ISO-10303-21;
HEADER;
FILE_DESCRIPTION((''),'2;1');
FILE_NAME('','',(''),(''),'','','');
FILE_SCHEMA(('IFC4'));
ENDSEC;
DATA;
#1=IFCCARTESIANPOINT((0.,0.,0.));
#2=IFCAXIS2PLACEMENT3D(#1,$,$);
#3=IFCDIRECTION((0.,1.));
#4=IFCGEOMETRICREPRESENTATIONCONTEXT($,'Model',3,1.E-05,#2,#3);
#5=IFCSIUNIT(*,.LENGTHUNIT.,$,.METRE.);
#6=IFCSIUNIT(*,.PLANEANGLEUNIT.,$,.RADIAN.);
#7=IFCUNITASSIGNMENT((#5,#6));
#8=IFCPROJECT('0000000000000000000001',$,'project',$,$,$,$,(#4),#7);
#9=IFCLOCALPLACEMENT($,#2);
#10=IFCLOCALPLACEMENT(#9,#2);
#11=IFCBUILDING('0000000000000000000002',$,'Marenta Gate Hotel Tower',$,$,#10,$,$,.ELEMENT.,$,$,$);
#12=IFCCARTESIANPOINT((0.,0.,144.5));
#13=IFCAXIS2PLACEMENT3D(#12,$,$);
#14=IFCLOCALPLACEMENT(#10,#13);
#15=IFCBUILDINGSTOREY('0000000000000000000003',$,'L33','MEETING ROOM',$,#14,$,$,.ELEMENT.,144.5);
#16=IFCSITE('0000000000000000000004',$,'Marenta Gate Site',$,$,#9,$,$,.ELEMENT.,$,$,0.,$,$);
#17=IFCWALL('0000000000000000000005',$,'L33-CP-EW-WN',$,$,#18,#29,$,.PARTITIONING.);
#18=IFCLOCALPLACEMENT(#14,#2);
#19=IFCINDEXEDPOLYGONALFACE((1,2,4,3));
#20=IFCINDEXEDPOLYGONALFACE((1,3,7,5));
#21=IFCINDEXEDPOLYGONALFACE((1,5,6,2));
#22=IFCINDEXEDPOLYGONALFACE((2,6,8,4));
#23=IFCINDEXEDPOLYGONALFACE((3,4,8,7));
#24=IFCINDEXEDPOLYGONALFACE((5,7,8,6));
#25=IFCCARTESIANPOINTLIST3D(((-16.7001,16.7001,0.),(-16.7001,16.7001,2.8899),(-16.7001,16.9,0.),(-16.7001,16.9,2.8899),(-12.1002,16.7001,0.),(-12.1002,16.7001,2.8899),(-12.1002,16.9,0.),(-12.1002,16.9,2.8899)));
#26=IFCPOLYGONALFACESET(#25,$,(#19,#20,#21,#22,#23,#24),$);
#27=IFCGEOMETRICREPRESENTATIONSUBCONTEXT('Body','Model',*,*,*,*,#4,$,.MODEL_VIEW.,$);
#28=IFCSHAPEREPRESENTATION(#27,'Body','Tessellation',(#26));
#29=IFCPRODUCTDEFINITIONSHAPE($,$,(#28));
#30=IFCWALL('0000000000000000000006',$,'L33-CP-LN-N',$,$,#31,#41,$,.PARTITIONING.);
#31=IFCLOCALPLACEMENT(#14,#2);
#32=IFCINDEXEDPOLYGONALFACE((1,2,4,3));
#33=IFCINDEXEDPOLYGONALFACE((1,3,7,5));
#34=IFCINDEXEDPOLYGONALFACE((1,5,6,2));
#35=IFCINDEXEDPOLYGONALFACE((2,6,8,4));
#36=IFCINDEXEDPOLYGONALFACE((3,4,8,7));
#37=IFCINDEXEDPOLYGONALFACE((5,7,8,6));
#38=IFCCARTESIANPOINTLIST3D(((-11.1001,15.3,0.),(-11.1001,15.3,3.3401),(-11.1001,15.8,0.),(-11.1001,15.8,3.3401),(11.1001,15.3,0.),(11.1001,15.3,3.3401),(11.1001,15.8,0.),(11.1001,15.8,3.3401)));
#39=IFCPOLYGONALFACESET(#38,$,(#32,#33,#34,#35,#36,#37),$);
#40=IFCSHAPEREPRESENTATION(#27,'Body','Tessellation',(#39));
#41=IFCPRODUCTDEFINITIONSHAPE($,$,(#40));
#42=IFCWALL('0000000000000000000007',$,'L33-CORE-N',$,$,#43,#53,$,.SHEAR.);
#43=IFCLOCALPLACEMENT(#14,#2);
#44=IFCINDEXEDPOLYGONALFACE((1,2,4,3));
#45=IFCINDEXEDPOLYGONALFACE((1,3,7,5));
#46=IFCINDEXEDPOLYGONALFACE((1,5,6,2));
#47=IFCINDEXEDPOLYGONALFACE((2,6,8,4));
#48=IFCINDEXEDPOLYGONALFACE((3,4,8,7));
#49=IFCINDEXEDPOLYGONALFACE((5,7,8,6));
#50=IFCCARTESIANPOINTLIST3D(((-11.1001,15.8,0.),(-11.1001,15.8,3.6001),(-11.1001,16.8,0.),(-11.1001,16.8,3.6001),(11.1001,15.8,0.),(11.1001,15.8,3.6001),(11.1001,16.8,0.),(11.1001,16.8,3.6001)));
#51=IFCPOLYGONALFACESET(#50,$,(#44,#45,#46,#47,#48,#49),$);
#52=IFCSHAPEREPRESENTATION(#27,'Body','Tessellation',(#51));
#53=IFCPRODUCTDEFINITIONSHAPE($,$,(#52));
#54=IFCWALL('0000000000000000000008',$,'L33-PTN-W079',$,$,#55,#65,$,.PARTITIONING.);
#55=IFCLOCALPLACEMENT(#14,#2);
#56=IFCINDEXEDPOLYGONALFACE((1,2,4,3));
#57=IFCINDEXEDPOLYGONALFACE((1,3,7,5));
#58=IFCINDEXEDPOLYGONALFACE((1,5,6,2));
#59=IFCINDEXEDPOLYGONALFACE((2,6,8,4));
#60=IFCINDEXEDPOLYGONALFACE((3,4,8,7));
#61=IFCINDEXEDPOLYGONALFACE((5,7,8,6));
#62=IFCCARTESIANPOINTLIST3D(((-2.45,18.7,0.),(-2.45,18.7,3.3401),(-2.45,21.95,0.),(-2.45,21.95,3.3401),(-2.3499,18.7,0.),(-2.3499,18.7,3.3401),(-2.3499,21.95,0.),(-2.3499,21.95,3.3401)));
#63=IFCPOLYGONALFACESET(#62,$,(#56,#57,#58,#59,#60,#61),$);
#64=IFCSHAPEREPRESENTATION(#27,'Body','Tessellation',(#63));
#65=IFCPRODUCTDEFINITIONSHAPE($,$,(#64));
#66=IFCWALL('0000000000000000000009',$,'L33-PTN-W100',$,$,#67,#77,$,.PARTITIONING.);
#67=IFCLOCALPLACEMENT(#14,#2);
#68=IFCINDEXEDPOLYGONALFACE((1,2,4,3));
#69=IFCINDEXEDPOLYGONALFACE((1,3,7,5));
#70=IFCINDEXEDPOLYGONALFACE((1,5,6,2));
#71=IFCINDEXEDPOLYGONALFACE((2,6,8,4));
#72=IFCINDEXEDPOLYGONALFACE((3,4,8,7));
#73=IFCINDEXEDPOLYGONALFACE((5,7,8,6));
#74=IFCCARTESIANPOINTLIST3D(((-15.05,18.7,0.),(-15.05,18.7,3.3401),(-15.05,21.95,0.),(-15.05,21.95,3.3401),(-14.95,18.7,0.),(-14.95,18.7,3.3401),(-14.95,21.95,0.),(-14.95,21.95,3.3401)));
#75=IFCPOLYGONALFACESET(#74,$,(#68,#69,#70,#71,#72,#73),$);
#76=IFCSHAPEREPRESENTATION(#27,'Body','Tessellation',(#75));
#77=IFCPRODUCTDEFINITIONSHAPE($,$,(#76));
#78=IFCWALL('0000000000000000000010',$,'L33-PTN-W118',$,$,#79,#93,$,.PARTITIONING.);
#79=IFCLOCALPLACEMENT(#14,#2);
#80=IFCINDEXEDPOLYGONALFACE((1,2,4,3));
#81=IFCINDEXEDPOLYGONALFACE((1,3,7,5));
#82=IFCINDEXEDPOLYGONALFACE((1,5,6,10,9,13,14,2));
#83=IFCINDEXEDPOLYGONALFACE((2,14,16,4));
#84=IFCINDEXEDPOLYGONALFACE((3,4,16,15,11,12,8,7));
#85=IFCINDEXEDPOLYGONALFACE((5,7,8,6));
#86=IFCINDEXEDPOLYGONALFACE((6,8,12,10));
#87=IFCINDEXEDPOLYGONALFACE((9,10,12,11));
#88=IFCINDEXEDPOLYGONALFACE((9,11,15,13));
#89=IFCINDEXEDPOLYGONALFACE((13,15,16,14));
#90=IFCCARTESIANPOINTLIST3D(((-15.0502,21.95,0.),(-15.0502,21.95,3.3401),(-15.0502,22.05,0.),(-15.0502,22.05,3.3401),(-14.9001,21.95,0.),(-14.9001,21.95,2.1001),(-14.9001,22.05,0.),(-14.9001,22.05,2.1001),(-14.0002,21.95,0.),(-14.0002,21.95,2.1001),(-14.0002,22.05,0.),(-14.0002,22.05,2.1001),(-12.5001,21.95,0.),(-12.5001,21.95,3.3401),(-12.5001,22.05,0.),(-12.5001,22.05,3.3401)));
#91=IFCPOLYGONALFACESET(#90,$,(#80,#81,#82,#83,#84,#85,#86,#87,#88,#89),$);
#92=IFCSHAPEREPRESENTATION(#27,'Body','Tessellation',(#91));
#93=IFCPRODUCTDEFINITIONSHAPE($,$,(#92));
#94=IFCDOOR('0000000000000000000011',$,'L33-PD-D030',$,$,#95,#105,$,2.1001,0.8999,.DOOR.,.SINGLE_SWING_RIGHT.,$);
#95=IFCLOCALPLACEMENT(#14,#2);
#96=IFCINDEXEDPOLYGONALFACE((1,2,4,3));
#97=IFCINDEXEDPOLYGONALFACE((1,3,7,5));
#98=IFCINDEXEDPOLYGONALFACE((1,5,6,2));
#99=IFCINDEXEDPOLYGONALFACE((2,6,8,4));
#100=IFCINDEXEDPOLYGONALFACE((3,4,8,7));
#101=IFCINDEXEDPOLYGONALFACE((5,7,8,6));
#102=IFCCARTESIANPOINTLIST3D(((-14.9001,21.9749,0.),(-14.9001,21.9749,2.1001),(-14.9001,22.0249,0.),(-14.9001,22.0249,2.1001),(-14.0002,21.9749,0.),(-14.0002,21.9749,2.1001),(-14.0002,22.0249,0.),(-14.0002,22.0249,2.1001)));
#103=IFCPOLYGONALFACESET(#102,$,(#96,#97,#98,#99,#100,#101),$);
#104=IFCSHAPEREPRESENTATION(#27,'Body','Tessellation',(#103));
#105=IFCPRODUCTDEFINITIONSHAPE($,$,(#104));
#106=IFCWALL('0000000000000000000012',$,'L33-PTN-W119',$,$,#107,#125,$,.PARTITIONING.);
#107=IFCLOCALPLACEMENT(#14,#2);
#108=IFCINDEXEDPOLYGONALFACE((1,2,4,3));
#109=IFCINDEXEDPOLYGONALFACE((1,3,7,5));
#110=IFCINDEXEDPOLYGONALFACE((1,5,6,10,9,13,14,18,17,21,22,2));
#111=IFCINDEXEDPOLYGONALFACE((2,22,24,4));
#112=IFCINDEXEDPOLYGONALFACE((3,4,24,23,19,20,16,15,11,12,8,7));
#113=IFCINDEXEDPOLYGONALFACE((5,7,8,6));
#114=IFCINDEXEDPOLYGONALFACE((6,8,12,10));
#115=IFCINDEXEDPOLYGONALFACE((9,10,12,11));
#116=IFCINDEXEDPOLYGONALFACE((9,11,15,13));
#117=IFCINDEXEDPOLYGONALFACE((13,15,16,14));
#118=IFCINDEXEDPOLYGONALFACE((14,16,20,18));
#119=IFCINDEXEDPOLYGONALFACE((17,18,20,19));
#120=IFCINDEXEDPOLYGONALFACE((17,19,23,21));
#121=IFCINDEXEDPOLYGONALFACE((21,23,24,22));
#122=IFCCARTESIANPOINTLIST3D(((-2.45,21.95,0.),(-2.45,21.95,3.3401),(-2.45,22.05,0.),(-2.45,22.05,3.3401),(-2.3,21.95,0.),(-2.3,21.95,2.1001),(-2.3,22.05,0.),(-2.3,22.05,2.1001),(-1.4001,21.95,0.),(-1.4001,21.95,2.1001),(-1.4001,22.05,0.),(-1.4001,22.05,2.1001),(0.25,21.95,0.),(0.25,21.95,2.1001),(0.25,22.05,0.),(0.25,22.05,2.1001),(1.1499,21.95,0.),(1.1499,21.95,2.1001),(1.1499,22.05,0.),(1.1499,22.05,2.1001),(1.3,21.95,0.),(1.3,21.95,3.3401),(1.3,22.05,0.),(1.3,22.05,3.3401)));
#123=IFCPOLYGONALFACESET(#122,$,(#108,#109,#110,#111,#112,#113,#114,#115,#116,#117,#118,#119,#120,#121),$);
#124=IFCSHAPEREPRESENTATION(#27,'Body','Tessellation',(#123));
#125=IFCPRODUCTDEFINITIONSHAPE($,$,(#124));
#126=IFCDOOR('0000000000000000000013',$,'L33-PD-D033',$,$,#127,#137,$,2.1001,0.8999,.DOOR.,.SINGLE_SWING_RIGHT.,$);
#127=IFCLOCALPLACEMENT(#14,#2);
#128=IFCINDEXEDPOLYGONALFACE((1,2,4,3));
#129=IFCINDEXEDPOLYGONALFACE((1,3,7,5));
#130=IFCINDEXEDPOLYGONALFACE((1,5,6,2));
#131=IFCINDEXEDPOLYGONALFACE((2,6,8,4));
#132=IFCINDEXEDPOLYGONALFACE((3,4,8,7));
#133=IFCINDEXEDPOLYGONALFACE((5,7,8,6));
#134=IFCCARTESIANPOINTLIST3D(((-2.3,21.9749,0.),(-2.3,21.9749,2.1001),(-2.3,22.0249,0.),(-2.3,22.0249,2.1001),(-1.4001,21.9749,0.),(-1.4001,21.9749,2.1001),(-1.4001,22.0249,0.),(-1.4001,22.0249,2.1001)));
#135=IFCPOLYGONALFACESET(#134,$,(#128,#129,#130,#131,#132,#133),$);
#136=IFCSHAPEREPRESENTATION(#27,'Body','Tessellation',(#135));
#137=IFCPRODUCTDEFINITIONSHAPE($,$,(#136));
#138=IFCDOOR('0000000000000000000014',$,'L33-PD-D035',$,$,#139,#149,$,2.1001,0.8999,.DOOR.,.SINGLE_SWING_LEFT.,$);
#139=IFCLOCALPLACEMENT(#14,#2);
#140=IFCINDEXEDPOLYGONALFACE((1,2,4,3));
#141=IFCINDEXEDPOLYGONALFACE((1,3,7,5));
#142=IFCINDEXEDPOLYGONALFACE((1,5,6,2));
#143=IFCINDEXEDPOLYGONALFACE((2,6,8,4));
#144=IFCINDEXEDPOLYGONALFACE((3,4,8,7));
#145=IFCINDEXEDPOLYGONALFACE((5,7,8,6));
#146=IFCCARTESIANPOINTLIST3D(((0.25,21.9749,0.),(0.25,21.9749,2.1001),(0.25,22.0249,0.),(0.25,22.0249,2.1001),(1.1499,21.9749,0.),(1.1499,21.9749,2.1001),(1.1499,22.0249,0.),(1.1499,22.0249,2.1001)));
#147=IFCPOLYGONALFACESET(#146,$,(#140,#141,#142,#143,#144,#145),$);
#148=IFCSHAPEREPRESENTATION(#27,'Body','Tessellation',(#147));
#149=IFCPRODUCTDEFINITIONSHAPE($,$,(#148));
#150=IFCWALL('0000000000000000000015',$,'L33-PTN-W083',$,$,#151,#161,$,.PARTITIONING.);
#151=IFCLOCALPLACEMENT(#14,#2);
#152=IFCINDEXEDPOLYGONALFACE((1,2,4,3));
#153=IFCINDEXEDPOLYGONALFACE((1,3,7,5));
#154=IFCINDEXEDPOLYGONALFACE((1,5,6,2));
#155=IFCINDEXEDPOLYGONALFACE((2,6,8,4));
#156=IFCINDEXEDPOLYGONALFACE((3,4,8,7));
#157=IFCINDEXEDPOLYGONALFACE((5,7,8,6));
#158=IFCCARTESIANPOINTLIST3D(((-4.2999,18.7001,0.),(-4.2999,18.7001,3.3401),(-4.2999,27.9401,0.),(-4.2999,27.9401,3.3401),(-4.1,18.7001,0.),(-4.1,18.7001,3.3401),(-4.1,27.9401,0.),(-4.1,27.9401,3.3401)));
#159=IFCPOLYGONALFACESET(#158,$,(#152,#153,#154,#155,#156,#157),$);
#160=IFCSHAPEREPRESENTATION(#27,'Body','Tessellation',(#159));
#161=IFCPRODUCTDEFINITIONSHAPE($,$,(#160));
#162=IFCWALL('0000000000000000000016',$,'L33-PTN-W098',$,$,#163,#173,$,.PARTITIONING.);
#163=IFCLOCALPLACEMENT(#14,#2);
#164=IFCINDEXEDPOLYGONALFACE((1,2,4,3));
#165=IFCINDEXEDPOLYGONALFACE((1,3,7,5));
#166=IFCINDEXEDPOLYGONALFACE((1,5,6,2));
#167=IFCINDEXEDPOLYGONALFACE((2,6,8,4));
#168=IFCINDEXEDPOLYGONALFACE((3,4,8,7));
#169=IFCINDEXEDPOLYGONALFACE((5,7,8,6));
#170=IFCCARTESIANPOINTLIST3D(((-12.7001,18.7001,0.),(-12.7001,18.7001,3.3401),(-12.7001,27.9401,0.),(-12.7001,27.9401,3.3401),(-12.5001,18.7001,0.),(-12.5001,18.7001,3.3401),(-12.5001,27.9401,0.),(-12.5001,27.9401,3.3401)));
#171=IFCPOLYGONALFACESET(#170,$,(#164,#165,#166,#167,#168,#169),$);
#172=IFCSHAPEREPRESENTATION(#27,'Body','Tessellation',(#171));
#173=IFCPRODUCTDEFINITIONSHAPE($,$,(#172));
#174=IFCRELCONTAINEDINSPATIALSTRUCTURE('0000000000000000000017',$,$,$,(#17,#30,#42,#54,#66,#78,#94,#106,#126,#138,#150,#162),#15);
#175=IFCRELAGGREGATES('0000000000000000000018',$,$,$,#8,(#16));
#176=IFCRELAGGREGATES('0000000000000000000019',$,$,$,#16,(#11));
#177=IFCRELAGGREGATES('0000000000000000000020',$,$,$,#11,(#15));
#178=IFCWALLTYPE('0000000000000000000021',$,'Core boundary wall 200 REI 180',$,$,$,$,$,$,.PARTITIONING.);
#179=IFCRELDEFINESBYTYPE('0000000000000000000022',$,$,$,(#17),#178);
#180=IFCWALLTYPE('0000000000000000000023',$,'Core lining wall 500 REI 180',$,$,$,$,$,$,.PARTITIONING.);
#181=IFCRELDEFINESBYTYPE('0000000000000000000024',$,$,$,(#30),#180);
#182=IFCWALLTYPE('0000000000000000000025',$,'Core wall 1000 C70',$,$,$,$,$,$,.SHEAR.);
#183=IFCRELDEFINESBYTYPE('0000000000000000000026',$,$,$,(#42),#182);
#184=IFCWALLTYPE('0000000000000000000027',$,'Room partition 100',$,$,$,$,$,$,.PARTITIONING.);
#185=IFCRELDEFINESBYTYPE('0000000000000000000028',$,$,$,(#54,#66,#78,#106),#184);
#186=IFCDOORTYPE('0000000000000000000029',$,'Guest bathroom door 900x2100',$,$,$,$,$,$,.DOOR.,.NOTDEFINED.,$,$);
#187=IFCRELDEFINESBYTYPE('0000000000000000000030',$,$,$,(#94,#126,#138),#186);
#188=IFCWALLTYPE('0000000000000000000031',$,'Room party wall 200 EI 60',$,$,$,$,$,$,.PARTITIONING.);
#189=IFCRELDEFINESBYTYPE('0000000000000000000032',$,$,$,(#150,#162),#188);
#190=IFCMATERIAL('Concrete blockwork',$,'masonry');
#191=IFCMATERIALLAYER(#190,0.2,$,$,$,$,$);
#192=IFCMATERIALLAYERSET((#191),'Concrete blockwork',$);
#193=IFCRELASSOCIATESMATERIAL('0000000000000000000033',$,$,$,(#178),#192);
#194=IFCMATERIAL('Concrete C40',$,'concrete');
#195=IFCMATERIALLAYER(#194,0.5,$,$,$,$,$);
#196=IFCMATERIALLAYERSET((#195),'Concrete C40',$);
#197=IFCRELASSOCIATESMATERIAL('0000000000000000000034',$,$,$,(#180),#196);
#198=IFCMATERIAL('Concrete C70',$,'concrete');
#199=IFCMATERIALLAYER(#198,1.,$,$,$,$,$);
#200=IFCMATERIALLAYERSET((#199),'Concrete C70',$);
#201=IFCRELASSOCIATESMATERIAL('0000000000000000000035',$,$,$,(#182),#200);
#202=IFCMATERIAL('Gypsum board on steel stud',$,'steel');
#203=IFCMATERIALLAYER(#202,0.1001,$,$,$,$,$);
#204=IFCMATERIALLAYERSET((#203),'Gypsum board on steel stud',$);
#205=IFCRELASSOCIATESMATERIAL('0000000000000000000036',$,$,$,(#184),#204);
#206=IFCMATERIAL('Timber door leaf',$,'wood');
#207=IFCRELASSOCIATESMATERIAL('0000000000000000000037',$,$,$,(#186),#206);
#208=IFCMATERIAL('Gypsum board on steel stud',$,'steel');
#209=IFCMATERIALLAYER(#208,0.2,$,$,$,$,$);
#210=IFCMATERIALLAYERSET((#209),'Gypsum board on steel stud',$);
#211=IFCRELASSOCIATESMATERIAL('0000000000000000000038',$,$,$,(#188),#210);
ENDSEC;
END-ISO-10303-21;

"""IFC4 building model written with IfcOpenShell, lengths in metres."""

from ifc_helpers import new_model, si_unit, direction, frame, frame_2d, origin, place, context, subcontext, project, spatial, rectangle, extrude, material, layer, layer_set, type_object, element, fill, save


model = new_model("IFC4")

# Units and contexts
model_context = context("Model", 3, precision=1e-05, world=origin(), true_north=direction((0.0, 1.0)))
body_context = subcontext(model_context, "Body", "Model", "MODEL_VIEW")
ifc_project = project(units=[si_unit("LENGTHUNIT", "METRE"), si_unit("PLANEANGLEUNIT", "RADIAN")], contexts=[model_context])

# Site, building, storey
site_placement = place(None, origin())
site = spatial("IfcSite", under=ifc_project, at=site_placement, Name="Marenta Gate Site", CompositionType="ELEMENT", RefElevation=0.0)
building_placement = place(site_placement, origin())
building = spatial("IfcBuilding", under=site, at=building_placement, Name="Marenta Gate Hotel Tower", CompositionType="ELEMENT")
storey_placement = place(building_placement, frame((0.0, 0.0, 144.5)))
storey = spatial("IfcBuildingStorey", under=building, at=storey_placement, Name="L33", Description="MEETING ROOM", CompositionType="ELEMENT", Elevation=144.5)

# Walls
ifc_material_1 = material(Name="Concrete blockwork", Category="masonry")
ifc_layer_1 = layer(ifc_material_1, 0.2)
ifc_layer_set_1 = layer_set([ifc_layer_1], Name="Concrete blockwork")
wall_type_1 = type_object("IfcWallType", Name="Core boundary wall 200 REI 180", PredefinedType="PARTITIONING", material=ifc_layer_set_1)
wall_1_placement = place(storey_placement, frame((-16.7, 16.8, 0.0), z_axis=(0.0, 0.0, 1.0), x_axis=(1.0, 0.0, 0.0)))
element("IfcWall", 1, at=wall_1_placement, inside=storey, type_object=wall_type_1, Name="L33-CP-EW-WN", PredefinedType="PARTITIONING", context=body_context, shape_type="SweptSolid", body=[
    extrude(rectangle(XDim=4.5999, YDim=0.2, at=frame_2d((2.2998, 0.0))), origin(), (0.0, 0.0, 1.0), 2.8899),
])
ifc_material_2 = material(Name="Concrete C40", Category="concrete")
ifc_layer_2 = layer(ifc_material_2, 0.5)
ifc_layer_set_2 = layer_set([ifc_layer_2], Name="Concrete C40")
wall_type_2 = type_object("IfcWallType", Name="Core lining wall 500 REI 180", PredefinedType="PARTITIONING", material=ifc_layer_set_2)
wall_2_placement = place(storey_placement, frame((-11.1001, 15.55, 0.0), z_axis=(0.0, 0.0, 1.0), x_axis=(1.0, 0.0, 0.0)))
element("IfcWall", 2, at=wall_2_placement, inside=storey, type_object=wall_type_2, Name="L33-CP-LN-N", PredefinedType="PARTITIONING", context=body_context, shape_type="SweptSolid", body=[
    extrude(rectangle(XDim=22.2002, YDim=0.5, at=frame_2d((11.1001, 0.0))), origin(), (0.0, 0.0, 1.0), 3.3401),
])
ifc_material_3 = material(Name="Concrete C70", Category="concrete")
ifc_layer_3 = layer(ifc_material_3, 1.0)
ifc_layer_set_3 = layer_set([ifc_layer_3], Name="Concrete C70")
wall_type_3 = type_object("IfcWallType", Name="Core wall 1000 C70", PredefinedType="SHEAR", material=ifc_layer_set_3)
wall_3_placement = place(storey_placement, frame((-11.1001, 16.3, 0.0), z_axis=(0.0, 0.0, 1.0), x_axis=(1.0, 0.0, 0.0)))
element("IfcWall", 3, at=wall_3_placement, inside=storey, type_object=wall_type_3, Name="L33-CORE-N", PredefinedType="SHEAR", context=body_context, shape_type="SweptSolid", body=[
    extrude(rectangle(XDim=22.2002, YDim=1.0, at=frame_2d((11.1001, 0.0))), origin(), (0.0, 0.0, 1.0), 3.6001),
])
ifc_material_4 = material(Name="Gypsum board on steel stud", Category="steel")
ifc_layer_4 = layer(ifc_material_4, 0.1001)
ifc_layer_set_4 = layer_set([ifc_layer_4], Name="Gypsum board on steel stud")
wall_type_4 = type_object("IfcWallType", Name="Room partition 100", PredefinedType="PARTITIONING", material=ifc_layer_set_4)
for number, where, z_axis, x_axis, name in (
    (4, (-2.3999, 18.7, 0.0), (0.0, 0.0, 1.0), (0.0, 1.0, 0.0), "L33-PTN-W079"),
    (5, (-15.0, 18.7, 0.0), (0.0, 0.0, 1.0), (0.0, 1.0, 0.0), "L33-PTN-W100"),
):
    element("IfcWall", number, at=place(storey_placement, frame(where, z_axis=z_axis, x_axis=x_axis)), inside=storey, type_object=wall_type_4, Name=name, PredefinedType="PARTITIONING", context=body_context, shape_type="SweptSolid", body=[
        extrude(rectangle(XDim=3.25, YDim=0.1001, at=frame_2d((1.625, 0.0))), origin(), (0.0, 0.0, 1.0), 3.3401),
    ])

# Wall, opening, door
wall_4_placement = place(storey_placement, frame((-15.05, 22.0, 0.0), z_axis=(0.0, 0.0, 1.0), x_axis=(1.0, 0.0, 0.0)))
wall_4 = element("IfcWall", 6, at=wall_4_placement, inside=storey, type_object=wall_type_4, Name="L33-PTN-W118", PredefinedType="PARTITIONING", context=body_context, shape_type="SweptSolid", body=[
    extrude(rectangle(XDim=2.55, YDim=0.1001, at=frame_2d((1.2749, 0.0))), origin(), (0.0, 0.0, 1.0), 3.3401),
])
opening_1_placement = place(wall_4_placement, frame((0.1499, 0.0, 0.0)))
opening_1 = element("IfcOpeningElement", 7, at=opening_1_placement, cuts=wall_4, PredefinedType="OPENING", context=body_context, shape_type="SweptSolid", body=[
    extrude(rectangle(XDim=0.8999, YDim=2.1001, at=frame_2d((0.45, 1.05))), frame((0.0, 0.05, 0.0), z_axis=(0.0, -1.0, 0.0), x_axis=(1.0, 0.0, 0.0)), (0.0, 0.0, 1.0), 0.1001),
])
ifc_material_5 = material(Name="Timber door leaf", Category="wood")
door_type_1 = type_object("IfcDoorType", Name="Guest bathroom door 900x2100", OperationType="NOTDEFINED", PredefinedType="DOOR", material=ifc_material_5)
door_1_placement = place(opening_1_placement, origin())
door_1 = element("IfcDoor", 8, at=door_1_placement, inside=storey, type_object=door_type_1, Name="L33-PD-D030", OperationType="SINGLE_SWING_RIGHT", OverallHeight=2.1001, OverallWidth=0.8999, PredefinedType="DOOR", context=body_context, shape_type="SweptSolid", body=[
    extrude(rectangle(XDim=0.8999, YDim=2.1001, at=frame_2d((0.45, 1.05))), frame((0.0, 0.0249, 0.0), z_axis=(0.0, -1.0, 0.0), x_axis=(1.0, 0.0, 0.0)), (0.0, 0.0, 1.0), 0.05),
])
fill(opening_1, door_1)

# Wall, openings, doors
wall_5_placement = place(storey_placement, frame((-2.45, 22.0, 0.0), z_axis=(0.0, 0.0, 1.0), x_axis=(1.0, 0.0, 0.0)))
wall_5 = element("IfcWall", 9, at=wall_5_placement, inside=storey, type_object=wall_type_4, Name="L33-PTN-W119", PredefinedType="PARTITIONING", context=body_context, shape_type="SweptSolid", body=[
    extrude(rectangle(XDim=3.75, YDim=0.1001, at=frame_2d((1.875, 0.0))), origin(), (0.0, 0.0, 1.0), 3.3401),
])
opening_2_placement = place(wall_5_placement, frame((0.1499, 0.0, 0.0)))
opening_2 = element("IfcOpeningElement", 10, at=opening_2_placement, cuts=wall_5, PredefinedType="OPENING", context=body_context, shape_type="SweptSolid", body=[
    extrude(rectangle(XDim=0.8999, YDim=2.1001, at=frame_2d((0.45, 1.05))), frame((0.0, 0.05, 0.0), z_axis=(0.0, -1.0, 0.0), x_axis=(1.0, 0.0, 0.0)), (0.0, 0.0, 1.0), 0.1001),
])
opening_3_placement = place(wall_5_placement, frame((2.7, 0.0, 0.0)))
opening_3 = element("IfcOpeningElement", 11, at=opening_3_placement, cuts=wall_5, PredefinedType="OPENING", context=body_context, shape_type="SweptSolid", body=[
    extrude(rectangle(XDim=0.8999, YDim=2.1001, at=frame_2d((0.45, 1.05))), frame((0.0, 0.05, 0.0), z_axis=(0.0, -1.0, 0.0), x_axis=(1.0, 0.0, 0.0)), (0.0, 0.0, 1.0), 0.1001),
])
door_2_placement = place(opening_2_placement, origin())
door_2 = element("IfcDoor", 12, at=door_2_placement, inside=storey, type_object=door_type_1, Name="L33-PD-D033", OperationType="SINGLE_SWING_RIGHT", OverallHeight=2.1001, OverallWidth=0.8999, PredefinedType="DOOR", context=body_context, shape_type="SweptSolid", body=[
    extrude(rectangle(XDim=0.8999, YDim=2.1001, at=frame_2d((0.45, 1.05))), frame((0.0, 0.0249, 0.0), z_axis=(0.0, -1.0, 0.0), x_axis=(1.0, 0.0, 0.0)), (0.0, 0.0, 1.0), 0.05),
])
fill(opening_2, door_2)
door_3_placement = place(opening_3_placement, origin())
door_3 = element("IfcDoor", 13, at=door_3_placement, inside=storey, type_object=door_type_1, Name="L33-PD-D035", OperationType="SINGLE_SWING_LEFT", OverallHeight=2.1001, OverallWidth=0.8999, PredefinedType="DOOR", context=body_context, shape_type="SweptSolid", body=[
    extrude(rectangle(XDim=0.8999, YDim=2.1001, at=frame_2d((0.45, 1.05))), frame((0.0, 0.0249, 0.0), z_axis=(0.0, -1.0, 0.0), x_axis=(1.0, 0.0, 0.0)), (0.0, 0.0, 1.0), 0.05),
])
fill(opening_3, door_3)

# Walls
ifc_material_6 = material(Name="Gypsum board on steel stud", Category="steel")
ifc_layer_5 = layer(ifc_material_6, 0.2)
ifc_layer_set_5 = layer_set([ifc_layer_5], Name="Gypsum board on steel stud")
wall_type_5 = type_object("IfcWallType", Name="Room party wall 200 EI 60", PredefinedType="PARTITIONING", material=ifc_layer_set_5)
for number, where, z_axis, x_axis, name in (
    (14, (-4.2, 18.7, 0.0), (0.0, 0.0, 1.0), (0.0, 1.0, 0.0), "L33-PTN-W083"),
    (15, (-12.6001, 18.7, 0.0), (0.0, 0.0, 1.0), (0.0, 1.0, 0.0), "L33-PTN-W098"),
):
    element("IfcWall", number, at=place(storey_placement, frame(where, z_axis=z_axis, x_axis=x_axis)), inside=storey, type_object=wall_type_5, Name=name, PredefinedType="PARTITIONING", context=body_context, shape_type="SweptSolid", body=[
        extrude(rectangle(XDim=9.24, YDim=0.2, at=frame_2d((4.6201, 0.0))), origin(), (0.0, 0.0, 1.0), 3.3401),
    ])

save(model, "model.ifc")
